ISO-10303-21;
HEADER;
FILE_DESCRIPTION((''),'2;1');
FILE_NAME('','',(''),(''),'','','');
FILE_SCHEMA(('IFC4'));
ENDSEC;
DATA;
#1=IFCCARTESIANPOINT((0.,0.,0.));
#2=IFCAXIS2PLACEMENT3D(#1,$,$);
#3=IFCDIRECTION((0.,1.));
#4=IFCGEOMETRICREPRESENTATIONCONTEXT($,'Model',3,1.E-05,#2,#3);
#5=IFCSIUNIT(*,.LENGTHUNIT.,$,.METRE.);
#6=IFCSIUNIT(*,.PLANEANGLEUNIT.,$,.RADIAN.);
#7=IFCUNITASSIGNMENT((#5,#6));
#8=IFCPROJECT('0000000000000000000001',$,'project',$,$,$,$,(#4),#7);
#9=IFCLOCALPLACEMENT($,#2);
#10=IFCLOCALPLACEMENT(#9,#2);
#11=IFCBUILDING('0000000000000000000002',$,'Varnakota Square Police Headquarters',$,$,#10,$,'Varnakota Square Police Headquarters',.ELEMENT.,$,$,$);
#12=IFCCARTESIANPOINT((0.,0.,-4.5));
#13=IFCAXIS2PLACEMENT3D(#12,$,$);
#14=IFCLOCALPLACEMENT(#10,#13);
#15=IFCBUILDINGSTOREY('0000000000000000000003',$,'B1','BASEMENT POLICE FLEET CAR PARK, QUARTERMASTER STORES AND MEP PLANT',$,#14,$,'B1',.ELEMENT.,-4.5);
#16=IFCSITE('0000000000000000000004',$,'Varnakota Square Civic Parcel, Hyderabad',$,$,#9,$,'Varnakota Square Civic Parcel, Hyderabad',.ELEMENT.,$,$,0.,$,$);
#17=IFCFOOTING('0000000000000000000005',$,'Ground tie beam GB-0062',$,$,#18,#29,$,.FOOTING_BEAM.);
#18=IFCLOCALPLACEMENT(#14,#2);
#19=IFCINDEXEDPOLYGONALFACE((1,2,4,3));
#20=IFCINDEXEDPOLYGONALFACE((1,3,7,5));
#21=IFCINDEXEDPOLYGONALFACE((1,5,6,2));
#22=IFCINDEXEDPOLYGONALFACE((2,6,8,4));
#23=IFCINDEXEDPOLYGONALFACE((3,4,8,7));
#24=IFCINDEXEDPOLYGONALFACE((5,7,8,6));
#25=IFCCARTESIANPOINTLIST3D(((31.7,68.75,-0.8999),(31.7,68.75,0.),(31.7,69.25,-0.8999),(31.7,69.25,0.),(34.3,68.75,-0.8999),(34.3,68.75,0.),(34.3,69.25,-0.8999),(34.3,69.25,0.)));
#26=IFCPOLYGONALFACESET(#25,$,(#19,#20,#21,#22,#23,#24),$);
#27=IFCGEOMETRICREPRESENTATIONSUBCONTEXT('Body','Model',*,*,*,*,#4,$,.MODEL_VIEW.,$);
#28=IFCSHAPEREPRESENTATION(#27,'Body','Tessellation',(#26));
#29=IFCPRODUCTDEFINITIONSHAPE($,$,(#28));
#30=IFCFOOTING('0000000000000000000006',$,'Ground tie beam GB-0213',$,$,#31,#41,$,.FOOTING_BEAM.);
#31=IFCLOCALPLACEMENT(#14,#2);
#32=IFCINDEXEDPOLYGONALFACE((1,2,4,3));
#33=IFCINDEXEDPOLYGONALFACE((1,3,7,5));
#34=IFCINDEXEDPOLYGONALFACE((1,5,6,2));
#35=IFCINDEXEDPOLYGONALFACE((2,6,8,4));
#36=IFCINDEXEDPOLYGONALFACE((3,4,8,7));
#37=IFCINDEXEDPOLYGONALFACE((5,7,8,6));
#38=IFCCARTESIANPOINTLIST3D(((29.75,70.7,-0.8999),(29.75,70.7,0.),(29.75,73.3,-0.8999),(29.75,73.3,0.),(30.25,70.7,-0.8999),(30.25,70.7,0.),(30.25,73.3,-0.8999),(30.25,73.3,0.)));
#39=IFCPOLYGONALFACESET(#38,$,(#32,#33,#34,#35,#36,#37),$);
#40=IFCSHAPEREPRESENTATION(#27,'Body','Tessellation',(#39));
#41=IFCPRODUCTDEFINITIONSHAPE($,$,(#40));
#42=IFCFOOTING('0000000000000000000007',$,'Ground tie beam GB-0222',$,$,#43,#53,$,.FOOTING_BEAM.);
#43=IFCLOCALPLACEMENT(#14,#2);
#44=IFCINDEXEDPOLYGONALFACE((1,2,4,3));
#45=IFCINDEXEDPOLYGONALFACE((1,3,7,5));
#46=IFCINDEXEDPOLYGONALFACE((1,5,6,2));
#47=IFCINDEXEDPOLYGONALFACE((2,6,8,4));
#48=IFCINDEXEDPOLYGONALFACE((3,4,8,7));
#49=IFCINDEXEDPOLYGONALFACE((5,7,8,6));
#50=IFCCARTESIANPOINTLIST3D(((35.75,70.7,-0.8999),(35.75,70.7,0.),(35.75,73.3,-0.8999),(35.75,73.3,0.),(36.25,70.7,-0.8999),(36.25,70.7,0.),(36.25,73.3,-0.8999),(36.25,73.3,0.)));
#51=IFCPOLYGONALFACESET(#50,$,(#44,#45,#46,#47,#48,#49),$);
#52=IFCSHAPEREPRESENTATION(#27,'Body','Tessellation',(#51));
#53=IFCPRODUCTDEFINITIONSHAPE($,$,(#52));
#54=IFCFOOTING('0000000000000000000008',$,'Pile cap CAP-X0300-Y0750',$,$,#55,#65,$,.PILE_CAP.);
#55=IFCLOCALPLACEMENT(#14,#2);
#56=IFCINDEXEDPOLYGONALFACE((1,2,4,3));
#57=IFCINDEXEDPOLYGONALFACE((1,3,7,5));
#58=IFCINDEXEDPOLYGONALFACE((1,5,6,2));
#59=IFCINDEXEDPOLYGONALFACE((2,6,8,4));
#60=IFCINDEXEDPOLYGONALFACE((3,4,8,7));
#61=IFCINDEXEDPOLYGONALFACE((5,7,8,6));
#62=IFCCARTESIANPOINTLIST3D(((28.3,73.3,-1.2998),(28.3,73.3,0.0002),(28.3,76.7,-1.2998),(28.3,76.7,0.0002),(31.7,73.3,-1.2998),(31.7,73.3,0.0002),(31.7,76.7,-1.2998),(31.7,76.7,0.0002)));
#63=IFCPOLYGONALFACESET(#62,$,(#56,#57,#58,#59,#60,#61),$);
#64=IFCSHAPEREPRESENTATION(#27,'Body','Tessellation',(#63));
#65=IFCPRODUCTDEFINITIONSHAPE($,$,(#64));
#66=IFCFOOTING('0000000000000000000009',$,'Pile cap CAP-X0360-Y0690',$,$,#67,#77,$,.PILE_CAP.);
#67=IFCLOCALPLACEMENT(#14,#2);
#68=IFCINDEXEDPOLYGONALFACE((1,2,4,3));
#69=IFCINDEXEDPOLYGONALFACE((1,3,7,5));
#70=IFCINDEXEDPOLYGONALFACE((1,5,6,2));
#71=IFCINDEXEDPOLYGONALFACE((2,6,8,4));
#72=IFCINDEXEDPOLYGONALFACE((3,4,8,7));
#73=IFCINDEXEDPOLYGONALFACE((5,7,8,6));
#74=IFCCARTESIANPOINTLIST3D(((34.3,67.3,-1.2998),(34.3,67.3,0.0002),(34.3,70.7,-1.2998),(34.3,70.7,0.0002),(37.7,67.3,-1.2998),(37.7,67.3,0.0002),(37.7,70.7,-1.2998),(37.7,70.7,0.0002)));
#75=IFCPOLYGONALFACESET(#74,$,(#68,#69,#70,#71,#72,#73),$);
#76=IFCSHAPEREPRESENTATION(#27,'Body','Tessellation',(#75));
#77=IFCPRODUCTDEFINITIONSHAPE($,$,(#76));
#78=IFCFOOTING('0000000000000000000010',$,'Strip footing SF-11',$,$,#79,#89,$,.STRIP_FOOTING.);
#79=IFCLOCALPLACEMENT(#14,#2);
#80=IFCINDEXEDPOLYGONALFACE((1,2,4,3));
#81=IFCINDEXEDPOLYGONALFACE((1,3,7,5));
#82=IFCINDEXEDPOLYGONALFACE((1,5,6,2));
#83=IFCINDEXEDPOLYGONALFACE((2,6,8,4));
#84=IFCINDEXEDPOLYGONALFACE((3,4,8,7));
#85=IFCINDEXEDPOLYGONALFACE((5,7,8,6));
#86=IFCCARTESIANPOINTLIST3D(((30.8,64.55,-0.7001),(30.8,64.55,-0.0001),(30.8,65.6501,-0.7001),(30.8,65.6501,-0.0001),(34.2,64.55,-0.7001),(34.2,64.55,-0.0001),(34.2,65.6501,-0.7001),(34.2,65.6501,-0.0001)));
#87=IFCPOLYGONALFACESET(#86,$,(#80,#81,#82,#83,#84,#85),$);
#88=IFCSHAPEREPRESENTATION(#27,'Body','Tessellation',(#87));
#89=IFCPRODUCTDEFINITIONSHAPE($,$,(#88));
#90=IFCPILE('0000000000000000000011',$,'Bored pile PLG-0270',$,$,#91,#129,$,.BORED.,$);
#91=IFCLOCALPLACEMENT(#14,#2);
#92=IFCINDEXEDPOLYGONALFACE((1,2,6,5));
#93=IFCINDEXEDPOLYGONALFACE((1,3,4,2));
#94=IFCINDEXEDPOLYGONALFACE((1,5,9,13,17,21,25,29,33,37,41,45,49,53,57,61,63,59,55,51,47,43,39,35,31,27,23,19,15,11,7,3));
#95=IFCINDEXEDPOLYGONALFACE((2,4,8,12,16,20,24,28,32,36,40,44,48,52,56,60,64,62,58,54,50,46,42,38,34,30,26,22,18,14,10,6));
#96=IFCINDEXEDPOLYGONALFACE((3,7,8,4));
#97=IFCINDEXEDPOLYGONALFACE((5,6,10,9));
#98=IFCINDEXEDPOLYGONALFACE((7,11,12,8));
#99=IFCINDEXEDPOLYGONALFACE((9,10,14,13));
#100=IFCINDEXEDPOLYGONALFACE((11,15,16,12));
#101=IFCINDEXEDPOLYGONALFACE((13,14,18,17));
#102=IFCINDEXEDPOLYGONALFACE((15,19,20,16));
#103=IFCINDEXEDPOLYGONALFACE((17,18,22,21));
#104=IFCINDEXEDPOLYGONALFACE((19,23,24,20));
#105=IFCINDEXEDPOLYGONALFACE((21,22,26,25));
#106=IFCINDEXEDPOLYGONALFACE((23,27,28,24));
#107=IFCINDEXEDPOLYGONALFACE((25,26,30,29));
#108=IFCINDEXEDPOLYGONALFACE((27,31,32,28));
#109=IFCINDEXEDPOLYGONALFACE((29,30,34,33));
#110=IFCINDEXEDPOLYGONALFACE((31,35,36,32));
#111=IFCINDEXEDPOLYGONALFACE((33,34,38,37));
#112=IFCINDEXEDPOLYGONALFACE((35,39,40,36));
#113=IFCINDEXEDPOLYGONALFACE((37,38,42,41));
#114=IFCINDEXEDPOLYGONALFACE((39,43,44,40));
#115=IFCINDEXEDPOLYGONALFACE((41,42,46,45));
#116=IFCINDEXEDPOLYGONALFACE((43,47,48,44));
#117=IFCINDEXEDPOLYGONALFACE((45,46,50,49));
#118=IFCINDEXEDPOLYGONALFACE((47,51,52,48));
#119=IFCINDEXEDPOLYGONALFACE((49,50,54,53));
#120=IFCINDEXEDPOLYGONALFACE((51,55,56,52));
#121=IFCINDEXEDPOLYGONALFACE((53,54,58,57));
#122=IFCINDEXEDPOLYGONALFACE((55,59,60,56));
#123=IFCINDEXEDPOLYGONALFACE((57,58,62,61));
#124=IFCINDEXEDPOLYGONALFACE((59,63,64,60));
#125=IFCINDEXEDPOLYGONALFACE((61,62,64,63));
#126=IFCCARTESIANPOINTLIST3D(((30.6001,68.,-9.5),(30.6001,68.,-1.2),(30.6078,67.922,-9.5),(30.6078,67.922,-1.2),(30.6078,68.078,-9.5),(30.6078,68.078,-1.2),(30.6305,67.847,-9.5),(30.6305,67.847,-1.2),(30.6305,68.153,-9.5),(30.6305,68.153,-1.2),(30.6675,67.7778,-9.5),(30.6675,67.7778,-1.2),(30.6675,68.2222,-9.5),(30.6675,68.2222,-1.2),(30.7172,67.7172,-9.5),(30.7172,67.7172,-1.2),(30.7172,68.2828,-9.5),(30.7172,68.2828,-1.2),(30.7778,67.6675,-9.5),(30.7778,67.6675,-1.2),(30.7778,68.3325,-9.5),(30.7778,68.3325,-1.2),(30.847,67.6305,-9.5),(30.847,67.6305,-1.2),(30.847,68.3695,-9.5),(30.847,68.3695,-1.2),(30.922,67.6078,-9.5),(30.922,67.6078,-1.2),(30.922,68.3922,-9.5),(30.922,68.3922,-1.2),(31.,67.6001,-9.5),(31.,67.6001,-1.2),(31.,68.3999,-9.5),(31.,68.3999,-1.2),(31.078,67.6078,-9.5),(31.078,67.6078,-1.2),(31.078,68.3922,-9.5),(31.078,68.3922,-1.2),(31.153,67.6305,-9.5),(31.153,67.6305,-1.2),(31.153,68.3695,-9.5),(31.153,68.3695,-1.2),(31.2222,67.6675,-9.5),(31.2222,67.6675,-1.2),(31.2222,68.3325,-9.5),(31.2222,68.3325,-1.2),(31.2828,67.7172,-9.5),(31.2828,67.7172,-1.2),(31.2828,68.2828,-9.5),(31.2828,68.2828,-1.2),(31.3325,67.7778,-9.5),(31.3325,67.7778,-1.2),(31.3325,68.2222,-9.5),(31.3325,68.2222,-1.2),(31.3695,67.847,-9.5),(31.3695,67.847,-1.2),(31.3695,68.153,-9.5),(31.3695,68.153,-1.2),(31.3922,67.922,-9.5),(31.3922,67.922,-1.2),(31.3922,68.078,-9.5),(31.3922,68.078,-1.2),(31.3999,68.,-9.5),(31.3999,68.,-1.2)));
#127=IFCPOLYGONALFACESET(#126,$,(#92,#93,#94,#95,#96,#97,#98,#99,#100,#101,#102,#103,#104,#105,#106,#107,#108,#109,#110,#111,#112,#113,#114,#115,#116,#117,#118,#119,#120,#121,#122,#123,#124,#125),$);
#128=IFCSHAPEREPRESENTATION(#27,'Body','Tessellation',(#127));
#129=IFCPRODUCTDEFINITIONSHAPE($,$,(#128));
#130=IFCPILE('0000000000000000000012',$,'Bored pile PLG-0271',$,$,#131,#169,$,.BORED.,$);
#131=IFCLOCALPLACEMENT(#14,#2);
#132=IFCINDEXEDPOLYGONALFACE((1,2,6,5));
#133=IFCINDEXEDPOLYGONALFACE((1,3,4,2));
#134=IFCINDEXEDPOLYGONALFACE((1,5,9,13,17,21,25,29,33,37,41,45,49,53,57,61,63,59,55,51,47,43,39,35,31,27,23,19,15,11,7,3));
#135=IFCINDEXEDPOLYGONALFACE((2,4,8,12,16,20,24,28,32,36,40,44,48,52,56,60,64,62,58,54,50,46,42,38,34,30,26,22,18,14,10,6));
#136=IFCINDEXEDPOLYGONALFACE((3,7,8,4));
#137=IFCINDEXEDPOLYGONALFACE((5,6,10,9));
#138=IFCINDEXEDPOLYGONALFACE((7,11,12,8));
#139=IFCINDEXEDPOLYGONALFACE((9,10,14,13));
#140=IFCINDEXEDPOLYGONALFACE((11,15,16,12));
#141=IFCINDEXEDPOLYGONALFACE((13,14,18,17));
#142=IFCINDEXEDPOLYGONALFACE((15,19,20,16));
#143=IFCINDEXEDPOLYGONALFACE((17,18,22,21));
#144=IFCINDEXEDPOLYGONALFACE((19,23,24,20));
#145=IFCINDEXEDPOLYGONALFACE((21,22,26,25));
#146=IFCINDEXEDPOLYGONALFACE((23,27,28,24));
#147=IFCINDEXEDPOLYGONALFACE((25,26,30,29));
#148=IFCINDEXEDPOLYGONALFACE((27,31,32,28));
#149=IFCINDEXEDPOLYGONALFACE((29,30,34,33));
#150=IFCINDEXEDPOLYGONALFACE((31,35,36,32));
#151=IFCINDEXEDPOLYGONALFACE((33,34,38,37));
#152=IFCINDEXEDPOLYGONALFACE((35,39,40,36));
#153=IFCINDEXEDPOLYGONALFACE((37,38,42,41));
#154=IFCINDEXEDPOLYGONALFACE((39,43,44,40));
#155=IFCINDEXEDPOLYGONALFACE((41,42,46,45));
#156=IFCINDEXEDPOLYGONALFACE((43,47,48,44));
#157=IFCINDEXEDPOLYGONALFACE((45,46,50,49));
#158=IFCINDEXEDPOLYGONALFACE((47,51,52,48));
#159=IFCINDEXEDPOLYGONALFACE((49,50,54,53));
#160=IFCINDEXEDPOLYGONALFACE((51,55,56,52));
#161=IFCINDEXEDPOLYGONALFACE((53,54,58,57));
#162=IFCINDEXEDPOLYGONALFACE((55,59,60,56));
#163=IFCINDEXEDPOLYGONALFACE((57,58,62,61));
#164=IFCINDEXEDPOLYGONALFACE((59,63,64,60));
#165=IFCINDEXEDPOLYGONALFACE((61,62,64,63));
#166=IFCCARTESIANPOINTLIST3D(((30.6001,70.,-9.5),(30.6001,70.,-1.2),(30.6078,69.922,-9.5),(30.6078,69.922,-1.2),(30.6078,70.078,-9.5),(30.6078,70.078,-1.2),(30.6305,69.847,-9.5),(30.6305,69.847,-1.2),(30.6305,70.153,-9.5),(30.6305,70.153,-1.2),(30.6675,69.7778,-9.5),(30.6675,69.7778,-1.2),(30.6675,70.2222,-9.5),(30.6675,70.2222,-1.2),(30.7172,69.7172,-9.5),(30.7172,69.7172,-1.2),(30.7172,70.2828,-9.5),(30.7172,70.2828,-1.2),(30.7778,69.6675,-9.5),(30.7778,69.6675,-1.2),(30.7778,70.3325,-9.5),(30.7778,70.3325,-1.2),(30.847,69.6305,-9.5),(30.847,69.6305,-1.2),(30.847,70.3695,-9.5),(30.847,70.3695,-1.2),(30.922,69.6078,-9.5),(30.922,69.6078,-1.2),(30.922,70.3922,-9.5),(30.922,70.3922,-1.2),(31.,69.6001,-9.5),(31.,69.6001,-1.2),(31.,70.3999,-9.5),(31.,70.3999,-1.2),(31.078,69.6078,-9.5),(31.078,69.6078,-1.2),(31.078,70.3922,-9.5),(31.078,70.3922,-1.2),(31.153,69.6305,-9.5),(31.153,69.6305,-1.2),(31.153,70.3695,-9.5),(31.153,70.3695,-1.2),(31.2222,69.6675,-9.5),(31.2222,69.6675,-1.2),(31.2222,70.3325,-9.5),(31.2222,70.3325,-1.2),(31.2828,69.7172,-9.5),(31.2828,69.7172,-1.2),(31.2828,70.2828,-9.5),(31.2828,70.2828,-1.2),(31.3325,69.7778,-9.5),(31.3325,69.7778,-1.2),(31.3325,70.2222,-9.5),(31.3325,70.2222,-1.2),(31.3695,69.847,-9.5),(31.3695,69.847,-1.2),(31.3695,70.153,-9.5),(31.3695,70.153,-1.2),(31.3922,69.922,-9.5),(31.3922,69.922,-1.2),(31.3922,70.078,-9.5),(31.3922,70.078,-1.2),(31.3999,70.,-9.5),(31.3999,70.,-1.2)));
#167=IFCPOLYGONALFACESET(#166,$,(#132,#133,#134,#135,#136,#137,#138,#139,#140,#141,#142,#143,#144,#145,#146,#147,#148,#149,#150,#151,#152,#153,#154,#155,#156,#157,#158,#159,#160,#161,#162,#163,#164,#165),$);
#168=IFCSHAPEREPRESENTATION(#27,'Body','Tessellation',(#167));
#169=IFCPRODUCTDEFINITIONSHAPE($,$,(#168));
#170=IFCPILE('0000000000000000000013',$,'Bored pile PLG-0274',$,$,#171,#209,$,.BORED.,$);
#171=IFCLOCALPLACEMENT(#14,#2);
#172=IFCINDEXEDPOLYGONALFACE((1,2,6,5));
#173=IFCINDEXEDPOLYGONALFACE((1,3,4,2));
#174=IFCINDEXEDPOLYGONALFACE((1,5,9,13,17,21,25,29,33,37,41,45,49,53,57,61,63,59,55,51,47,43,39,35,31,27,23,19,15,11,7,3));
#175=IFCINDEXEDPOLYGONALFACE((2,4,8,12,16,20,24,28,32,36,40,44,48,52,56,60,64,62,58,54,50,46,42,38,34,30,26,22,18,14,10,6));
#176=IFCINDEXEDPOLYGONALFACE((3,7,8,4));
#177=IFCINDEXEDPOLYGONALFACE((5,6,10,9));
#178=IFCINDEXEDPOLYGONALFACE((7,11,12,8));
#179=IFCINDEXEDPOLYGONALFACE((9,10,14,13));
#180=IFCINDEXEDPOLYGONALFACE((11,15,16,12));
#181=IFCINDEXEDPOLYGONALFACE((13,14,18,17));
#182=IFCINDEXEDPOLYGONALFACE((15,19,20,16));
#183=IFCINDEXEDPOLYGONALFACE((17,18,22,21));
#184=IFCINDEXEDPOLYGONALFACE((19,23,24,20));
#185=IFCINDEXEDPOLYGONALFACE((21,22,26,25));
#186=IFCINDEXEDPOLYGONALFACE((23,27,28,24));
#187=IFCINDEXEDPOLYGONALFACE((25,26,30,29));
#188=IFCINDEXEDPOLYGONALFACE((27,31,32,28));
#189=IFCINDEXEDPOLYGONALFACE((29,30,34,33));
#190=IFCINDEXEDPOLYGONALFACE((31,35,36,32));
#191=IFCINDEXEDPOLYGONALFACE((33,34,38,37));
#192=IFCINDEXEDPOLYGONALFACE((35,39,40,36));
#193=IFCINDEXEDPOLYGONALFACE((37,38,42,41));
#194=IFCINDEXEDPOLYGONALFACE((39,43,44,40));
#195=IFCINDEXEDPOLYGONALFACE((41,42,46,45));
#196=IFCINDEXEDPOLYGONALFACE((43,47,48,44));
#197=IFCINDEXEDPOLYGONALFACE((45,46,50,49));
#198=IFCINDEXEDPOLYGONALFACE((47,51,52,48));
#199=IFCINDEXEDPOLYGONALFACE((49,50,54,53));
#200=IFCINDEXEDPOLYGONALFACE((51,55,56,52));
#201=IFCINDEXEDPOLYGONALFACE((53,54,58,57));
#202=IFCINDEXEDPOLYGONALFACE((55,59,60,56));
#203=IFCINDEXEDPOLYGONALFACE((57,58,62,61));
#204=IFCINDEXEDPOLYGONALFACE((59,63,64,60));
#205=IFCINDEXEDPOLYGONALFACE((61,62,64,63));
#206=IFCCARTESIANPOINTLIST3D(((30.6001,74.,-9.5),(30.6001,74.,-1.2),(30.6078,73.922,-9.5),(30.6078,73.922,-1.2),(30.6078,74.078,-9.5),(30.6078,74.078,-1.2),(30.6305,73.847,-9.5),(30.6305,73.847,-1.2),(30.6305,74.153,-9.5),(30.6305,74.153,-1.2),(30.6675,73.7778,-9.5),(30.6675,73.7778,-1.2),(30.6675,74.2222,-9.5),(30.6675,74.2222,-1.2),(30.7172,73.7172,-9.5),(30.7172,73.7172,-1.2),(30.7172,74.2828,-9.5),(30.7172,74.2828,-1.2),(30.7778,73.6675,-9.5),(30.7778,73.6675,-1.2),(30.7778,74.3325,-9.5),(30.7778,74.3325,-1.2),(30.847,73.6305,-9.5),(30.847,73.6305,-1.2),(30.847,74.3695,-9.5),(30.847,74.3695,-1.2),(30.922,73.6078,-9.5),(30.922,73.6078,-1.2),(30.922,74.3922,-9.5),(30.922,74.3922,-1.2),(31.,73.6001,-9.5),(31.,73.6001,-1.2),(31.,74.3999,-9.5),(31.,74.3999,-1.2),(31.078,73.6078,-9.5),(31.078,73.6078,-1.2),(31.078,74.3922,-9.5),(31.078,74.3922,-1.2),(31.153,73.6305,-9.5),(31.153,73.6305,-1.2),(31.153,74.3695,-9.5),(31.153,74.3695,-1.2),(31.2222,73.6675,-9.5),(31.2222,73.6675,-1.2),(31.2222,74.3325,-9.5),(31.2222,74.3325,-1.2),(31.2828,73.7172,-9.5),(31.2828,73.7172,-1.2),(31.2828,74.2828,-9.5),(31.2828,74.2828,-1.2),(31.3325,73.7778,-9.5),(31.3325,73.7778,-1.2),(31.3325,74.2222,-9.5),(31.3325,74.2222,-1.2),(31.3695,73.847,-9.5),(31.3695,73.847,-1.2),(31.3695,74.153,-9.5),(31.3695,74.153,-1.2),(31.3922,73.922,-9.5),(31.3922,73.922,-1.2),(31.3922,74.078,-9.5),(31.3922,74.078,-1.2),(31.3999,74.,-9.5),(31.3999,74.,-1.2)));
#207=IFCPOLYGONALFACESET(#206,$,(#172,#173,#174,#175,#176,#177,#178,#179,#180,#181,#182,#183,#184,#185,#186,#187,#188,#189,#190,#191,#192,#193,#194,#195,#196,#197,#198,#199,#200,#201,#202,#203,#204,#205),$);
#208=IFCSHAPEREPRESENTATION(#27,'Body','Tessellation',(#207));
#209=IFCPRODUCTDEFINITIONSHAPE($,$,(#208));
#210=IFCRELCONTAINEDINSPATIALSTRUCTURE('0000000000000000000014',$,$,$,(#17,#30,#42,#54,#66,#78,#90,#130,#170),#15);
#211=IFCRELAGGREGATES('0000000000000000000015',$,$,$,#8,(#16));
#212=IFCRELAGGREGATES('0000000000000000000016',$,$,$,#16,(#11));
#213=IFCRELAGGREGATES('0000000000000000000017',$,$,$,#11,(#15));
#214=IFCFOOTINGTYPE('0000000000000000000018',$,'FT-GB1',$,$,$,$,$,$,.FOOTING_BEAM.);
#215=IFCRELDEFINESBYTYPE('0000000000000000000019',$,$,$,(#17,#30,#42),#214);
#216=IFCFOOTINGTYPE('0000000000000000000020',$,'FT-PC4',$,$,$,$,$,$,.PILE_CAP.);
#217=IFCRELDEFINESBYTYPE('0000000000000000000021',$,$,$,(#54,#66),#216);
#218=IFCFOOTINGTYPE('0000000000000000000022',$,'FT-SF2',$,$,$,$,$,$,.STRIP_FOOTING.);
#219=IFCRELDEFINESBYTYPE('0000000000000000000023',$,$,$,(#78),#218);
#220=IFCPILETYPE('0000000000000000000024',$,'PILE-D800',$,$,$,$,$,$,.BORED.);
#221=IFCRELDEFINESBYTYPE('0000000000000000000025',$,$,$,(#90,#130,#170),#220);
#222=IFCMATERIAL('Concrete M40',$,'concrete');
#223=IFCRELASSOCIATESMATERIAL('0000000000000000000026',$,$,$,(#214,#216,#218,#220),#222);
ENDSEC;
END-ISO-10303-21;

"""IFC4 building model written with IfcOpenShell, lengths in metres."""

from ifc_helpers import new_model, si_unit, direction, frame, origin, origin_2d, place, context, subcontext, project, spatial, rectangle, circle, extrude, material, material_profile, profile_set, type_object, element, save


model = new_model("IFC4")

# Units and contexts
model_context = context("Model", 3, precision=1e-05, world=origin(), true_north=direction((0.0, 1.0)))
body_context = subcontext(model_context, "Body", "Model", "MODEL_VIEW")
ifc_project = project(units=[si_unit("LENGTHUNIT", "METRE"), si_unit("PLANEANGLEUNIT", "RADIAN")], contexts=[model_context])

# Site, building, storey
site_placement = place(None, origin())
site = spatial("IfcSite", under=ifc_project, at=site_placement, Name="Varnakota Square Civic Parcel, Hyderabad", LongName="Varnakota Square Civic Parcel, Hyderabad", CompositionType="ELEMENT", RefElevation=0.0)
building_placement = place(site_placement, origin())
building = spatial("IfcBuilding", under=site, at=building_placement, Name="Varnakota Square Police Headquarters", LongName="Varnakota Square Police Headquarters", CompositionType="ELEMENT")
storey_placement = place(building_placement, frame((0.0, 0.0, -4.5)))
storey = spatial("IfcBuildingStorey", under=building, at=storey_placement, Name="B1", Description="BASEMENT POLICE FLEET CAR PARK, QUARTERMASTER STORES AND MEP PLANT", LongName="B1", CompositionType="ELEMENT", Elevation=-4.5)

# Footings
ifc_material_1 = material(Name="Concrete M40", Category="concrete")
ifc_material_profile_1 = material_profile(ifc_material_1, rectangle(XDim=0.5, YDim=0.8999, at=origin_2d()), Name="GB 500x900")
ifc_profile_set_1 = profile_set([ifc_material_profile_1], Name="Concrete M40")
footing_type_1 = type_object("IfcFootingType", Name="FT-GB1", PredefinedType="FOOTING_BEAM", material=ifc_profile_set_1)
for number, where, z_axis, x_axis, name in (
    (1, (31.7, 69.0, -0.45), (1.0, 0.0, 0.0), (0.0, 1.0, 0.0), "Ground tie beam GB-0062"),
    (2, (30.0, 70.7, -0.45), (0.0, 1.0, 0.0), (-1.0, 0.0, 0.0), "Ground tie beam GB-0213"),
    (3, (36.0, 70.7, -0.45), (0.0, 1.0, 0.0), (-1.0, 0.0, 0.0), "Ground tie beam GB-0222"),
):
    element("IfcFooting", number, at=place(storey_placement, frame(where, z_axis=z_axis, x_axis=x_axis)), inside=storey, type_object=footing_type_1, Name=name, PredefinedType="FOOTING_BEAM", context=body_context, shape_type="SweptSolid", body=[
        extrude(rectangle(XDim=0.5, YDim=0.8999, at=origin_2d()), origin(), (0.0, 0.0, 1.0), 2.6001),
    ])
footing_type_2 = type_object("IfcFootingType", Name="FT-PC4", PredefinedType="PILE_CAP", material=ifc_material_1)
for number, where, z_axis, x_axis, name in (
    (4, (30.0, 75.0, -1.2998), (0.0, 0.0, 1.0), (1.0, 0.0, 0.0), "Pile cap CAP-X0300-Y0750"),
    (5, (36.0, 69.0, -1.2998), (0.0, 0.0, 1.0), (1.0, 0.0, 0.0), "Pile cap CAP-X0360-Y0690"),
):
    element("IfcFooting", number, at=place(storey_placement, frame(where, z_axis=z_axis, x_axis=x_axis)), inside=storey, type_object=footing_type_2, Name=name, PredefinedType="PILE_CAP", context=body_context, shape_type="SweptSolid", body=[
        extrude(rectangle(XDim=3.3999, YDim=3.3999, at=origin_2d()), origin(), (0.0, 0.0, 1.0), 1.3),
    ])
ifc_material_profile_2 = material_profile(ifc_material_1, rectangle(XDim=1.1001, YDim=0.7, at=origin_2d()), Name="SF 1100x700")
ifc_profile_set_2 = profile_set([ifc_material_profile_2], Name="Concrete M40")
footing_type_3 = type_object("IfcFootingType", Name="FT-SF2", PredefinedType="STRIP_FOOTING", material=ifc_profile_set_2)
footing_placement = place(storey_placement, frame((30.8, 65.1001, -0.3501), z_axis=(1.0, 0.0, 0.0), x_axis=(0.0, 1.0, 0.0)))
element("IfcFooting", 6, at=footing_placement, inside=storey, type_object=footing_type_3, Name="Strip footing SF-11", PredefinedType="STRIP_FOOTING", context=body_context, shape_type="SweptSolid", body=[
    extrude(rectangle(XDim=1.1001, YDim=0.7, at=origin_2d()), origin(), (0.0, 0.0, 1.0), 3.3999),
])

# Piles
ifc_material_profile_3 = material_profile(ifc_material_1, circle(Radius=0.3999, at=origin_2d()), Name="BORED PILE 800")
ifc_profile_set_3 = profile_set([ifc_material_profile_3], Name="Concrete M40")
pile_type = type_object("IfcPileType", Name="PILE-D800", PredefinedType="BORED", material=ifc_profile_set_3)
for number, where, z_axis, x_axis, name in (
    (7, (31.0, 68.0, -1.2), (0.0, 0.0, -1.0), (1.0, 0.0, 0.0), "Bored pile PLG-0270"),
    (8, (31.0, 70.0, -1.2), (0.0, 0.0, -1.0), (1.0, 0.0, 0.0), "Bored pile PLG-0271"),
    (9, (31.0, 74.0, -1.2), (0.0, 0.0, -1.0), (1.0, 0.0, 0.0), "Bored pile PLG-0274"),
):
    element("IfcPile", number, at=place(storey_placement, frame(where, z_axis=z_axis, x_axis=x_axis)), inside=storey, type_object=pile_type, Name=name, PredefinedType="BORED", context=body_context, shape_type="SweptSolid", body=[
        extrude(circle(Radius=0.3999, at=origin_2d()), origin(), (0.0, 0.0, 1.0), 8.3),
    ])

save(model, "model.ifc")
